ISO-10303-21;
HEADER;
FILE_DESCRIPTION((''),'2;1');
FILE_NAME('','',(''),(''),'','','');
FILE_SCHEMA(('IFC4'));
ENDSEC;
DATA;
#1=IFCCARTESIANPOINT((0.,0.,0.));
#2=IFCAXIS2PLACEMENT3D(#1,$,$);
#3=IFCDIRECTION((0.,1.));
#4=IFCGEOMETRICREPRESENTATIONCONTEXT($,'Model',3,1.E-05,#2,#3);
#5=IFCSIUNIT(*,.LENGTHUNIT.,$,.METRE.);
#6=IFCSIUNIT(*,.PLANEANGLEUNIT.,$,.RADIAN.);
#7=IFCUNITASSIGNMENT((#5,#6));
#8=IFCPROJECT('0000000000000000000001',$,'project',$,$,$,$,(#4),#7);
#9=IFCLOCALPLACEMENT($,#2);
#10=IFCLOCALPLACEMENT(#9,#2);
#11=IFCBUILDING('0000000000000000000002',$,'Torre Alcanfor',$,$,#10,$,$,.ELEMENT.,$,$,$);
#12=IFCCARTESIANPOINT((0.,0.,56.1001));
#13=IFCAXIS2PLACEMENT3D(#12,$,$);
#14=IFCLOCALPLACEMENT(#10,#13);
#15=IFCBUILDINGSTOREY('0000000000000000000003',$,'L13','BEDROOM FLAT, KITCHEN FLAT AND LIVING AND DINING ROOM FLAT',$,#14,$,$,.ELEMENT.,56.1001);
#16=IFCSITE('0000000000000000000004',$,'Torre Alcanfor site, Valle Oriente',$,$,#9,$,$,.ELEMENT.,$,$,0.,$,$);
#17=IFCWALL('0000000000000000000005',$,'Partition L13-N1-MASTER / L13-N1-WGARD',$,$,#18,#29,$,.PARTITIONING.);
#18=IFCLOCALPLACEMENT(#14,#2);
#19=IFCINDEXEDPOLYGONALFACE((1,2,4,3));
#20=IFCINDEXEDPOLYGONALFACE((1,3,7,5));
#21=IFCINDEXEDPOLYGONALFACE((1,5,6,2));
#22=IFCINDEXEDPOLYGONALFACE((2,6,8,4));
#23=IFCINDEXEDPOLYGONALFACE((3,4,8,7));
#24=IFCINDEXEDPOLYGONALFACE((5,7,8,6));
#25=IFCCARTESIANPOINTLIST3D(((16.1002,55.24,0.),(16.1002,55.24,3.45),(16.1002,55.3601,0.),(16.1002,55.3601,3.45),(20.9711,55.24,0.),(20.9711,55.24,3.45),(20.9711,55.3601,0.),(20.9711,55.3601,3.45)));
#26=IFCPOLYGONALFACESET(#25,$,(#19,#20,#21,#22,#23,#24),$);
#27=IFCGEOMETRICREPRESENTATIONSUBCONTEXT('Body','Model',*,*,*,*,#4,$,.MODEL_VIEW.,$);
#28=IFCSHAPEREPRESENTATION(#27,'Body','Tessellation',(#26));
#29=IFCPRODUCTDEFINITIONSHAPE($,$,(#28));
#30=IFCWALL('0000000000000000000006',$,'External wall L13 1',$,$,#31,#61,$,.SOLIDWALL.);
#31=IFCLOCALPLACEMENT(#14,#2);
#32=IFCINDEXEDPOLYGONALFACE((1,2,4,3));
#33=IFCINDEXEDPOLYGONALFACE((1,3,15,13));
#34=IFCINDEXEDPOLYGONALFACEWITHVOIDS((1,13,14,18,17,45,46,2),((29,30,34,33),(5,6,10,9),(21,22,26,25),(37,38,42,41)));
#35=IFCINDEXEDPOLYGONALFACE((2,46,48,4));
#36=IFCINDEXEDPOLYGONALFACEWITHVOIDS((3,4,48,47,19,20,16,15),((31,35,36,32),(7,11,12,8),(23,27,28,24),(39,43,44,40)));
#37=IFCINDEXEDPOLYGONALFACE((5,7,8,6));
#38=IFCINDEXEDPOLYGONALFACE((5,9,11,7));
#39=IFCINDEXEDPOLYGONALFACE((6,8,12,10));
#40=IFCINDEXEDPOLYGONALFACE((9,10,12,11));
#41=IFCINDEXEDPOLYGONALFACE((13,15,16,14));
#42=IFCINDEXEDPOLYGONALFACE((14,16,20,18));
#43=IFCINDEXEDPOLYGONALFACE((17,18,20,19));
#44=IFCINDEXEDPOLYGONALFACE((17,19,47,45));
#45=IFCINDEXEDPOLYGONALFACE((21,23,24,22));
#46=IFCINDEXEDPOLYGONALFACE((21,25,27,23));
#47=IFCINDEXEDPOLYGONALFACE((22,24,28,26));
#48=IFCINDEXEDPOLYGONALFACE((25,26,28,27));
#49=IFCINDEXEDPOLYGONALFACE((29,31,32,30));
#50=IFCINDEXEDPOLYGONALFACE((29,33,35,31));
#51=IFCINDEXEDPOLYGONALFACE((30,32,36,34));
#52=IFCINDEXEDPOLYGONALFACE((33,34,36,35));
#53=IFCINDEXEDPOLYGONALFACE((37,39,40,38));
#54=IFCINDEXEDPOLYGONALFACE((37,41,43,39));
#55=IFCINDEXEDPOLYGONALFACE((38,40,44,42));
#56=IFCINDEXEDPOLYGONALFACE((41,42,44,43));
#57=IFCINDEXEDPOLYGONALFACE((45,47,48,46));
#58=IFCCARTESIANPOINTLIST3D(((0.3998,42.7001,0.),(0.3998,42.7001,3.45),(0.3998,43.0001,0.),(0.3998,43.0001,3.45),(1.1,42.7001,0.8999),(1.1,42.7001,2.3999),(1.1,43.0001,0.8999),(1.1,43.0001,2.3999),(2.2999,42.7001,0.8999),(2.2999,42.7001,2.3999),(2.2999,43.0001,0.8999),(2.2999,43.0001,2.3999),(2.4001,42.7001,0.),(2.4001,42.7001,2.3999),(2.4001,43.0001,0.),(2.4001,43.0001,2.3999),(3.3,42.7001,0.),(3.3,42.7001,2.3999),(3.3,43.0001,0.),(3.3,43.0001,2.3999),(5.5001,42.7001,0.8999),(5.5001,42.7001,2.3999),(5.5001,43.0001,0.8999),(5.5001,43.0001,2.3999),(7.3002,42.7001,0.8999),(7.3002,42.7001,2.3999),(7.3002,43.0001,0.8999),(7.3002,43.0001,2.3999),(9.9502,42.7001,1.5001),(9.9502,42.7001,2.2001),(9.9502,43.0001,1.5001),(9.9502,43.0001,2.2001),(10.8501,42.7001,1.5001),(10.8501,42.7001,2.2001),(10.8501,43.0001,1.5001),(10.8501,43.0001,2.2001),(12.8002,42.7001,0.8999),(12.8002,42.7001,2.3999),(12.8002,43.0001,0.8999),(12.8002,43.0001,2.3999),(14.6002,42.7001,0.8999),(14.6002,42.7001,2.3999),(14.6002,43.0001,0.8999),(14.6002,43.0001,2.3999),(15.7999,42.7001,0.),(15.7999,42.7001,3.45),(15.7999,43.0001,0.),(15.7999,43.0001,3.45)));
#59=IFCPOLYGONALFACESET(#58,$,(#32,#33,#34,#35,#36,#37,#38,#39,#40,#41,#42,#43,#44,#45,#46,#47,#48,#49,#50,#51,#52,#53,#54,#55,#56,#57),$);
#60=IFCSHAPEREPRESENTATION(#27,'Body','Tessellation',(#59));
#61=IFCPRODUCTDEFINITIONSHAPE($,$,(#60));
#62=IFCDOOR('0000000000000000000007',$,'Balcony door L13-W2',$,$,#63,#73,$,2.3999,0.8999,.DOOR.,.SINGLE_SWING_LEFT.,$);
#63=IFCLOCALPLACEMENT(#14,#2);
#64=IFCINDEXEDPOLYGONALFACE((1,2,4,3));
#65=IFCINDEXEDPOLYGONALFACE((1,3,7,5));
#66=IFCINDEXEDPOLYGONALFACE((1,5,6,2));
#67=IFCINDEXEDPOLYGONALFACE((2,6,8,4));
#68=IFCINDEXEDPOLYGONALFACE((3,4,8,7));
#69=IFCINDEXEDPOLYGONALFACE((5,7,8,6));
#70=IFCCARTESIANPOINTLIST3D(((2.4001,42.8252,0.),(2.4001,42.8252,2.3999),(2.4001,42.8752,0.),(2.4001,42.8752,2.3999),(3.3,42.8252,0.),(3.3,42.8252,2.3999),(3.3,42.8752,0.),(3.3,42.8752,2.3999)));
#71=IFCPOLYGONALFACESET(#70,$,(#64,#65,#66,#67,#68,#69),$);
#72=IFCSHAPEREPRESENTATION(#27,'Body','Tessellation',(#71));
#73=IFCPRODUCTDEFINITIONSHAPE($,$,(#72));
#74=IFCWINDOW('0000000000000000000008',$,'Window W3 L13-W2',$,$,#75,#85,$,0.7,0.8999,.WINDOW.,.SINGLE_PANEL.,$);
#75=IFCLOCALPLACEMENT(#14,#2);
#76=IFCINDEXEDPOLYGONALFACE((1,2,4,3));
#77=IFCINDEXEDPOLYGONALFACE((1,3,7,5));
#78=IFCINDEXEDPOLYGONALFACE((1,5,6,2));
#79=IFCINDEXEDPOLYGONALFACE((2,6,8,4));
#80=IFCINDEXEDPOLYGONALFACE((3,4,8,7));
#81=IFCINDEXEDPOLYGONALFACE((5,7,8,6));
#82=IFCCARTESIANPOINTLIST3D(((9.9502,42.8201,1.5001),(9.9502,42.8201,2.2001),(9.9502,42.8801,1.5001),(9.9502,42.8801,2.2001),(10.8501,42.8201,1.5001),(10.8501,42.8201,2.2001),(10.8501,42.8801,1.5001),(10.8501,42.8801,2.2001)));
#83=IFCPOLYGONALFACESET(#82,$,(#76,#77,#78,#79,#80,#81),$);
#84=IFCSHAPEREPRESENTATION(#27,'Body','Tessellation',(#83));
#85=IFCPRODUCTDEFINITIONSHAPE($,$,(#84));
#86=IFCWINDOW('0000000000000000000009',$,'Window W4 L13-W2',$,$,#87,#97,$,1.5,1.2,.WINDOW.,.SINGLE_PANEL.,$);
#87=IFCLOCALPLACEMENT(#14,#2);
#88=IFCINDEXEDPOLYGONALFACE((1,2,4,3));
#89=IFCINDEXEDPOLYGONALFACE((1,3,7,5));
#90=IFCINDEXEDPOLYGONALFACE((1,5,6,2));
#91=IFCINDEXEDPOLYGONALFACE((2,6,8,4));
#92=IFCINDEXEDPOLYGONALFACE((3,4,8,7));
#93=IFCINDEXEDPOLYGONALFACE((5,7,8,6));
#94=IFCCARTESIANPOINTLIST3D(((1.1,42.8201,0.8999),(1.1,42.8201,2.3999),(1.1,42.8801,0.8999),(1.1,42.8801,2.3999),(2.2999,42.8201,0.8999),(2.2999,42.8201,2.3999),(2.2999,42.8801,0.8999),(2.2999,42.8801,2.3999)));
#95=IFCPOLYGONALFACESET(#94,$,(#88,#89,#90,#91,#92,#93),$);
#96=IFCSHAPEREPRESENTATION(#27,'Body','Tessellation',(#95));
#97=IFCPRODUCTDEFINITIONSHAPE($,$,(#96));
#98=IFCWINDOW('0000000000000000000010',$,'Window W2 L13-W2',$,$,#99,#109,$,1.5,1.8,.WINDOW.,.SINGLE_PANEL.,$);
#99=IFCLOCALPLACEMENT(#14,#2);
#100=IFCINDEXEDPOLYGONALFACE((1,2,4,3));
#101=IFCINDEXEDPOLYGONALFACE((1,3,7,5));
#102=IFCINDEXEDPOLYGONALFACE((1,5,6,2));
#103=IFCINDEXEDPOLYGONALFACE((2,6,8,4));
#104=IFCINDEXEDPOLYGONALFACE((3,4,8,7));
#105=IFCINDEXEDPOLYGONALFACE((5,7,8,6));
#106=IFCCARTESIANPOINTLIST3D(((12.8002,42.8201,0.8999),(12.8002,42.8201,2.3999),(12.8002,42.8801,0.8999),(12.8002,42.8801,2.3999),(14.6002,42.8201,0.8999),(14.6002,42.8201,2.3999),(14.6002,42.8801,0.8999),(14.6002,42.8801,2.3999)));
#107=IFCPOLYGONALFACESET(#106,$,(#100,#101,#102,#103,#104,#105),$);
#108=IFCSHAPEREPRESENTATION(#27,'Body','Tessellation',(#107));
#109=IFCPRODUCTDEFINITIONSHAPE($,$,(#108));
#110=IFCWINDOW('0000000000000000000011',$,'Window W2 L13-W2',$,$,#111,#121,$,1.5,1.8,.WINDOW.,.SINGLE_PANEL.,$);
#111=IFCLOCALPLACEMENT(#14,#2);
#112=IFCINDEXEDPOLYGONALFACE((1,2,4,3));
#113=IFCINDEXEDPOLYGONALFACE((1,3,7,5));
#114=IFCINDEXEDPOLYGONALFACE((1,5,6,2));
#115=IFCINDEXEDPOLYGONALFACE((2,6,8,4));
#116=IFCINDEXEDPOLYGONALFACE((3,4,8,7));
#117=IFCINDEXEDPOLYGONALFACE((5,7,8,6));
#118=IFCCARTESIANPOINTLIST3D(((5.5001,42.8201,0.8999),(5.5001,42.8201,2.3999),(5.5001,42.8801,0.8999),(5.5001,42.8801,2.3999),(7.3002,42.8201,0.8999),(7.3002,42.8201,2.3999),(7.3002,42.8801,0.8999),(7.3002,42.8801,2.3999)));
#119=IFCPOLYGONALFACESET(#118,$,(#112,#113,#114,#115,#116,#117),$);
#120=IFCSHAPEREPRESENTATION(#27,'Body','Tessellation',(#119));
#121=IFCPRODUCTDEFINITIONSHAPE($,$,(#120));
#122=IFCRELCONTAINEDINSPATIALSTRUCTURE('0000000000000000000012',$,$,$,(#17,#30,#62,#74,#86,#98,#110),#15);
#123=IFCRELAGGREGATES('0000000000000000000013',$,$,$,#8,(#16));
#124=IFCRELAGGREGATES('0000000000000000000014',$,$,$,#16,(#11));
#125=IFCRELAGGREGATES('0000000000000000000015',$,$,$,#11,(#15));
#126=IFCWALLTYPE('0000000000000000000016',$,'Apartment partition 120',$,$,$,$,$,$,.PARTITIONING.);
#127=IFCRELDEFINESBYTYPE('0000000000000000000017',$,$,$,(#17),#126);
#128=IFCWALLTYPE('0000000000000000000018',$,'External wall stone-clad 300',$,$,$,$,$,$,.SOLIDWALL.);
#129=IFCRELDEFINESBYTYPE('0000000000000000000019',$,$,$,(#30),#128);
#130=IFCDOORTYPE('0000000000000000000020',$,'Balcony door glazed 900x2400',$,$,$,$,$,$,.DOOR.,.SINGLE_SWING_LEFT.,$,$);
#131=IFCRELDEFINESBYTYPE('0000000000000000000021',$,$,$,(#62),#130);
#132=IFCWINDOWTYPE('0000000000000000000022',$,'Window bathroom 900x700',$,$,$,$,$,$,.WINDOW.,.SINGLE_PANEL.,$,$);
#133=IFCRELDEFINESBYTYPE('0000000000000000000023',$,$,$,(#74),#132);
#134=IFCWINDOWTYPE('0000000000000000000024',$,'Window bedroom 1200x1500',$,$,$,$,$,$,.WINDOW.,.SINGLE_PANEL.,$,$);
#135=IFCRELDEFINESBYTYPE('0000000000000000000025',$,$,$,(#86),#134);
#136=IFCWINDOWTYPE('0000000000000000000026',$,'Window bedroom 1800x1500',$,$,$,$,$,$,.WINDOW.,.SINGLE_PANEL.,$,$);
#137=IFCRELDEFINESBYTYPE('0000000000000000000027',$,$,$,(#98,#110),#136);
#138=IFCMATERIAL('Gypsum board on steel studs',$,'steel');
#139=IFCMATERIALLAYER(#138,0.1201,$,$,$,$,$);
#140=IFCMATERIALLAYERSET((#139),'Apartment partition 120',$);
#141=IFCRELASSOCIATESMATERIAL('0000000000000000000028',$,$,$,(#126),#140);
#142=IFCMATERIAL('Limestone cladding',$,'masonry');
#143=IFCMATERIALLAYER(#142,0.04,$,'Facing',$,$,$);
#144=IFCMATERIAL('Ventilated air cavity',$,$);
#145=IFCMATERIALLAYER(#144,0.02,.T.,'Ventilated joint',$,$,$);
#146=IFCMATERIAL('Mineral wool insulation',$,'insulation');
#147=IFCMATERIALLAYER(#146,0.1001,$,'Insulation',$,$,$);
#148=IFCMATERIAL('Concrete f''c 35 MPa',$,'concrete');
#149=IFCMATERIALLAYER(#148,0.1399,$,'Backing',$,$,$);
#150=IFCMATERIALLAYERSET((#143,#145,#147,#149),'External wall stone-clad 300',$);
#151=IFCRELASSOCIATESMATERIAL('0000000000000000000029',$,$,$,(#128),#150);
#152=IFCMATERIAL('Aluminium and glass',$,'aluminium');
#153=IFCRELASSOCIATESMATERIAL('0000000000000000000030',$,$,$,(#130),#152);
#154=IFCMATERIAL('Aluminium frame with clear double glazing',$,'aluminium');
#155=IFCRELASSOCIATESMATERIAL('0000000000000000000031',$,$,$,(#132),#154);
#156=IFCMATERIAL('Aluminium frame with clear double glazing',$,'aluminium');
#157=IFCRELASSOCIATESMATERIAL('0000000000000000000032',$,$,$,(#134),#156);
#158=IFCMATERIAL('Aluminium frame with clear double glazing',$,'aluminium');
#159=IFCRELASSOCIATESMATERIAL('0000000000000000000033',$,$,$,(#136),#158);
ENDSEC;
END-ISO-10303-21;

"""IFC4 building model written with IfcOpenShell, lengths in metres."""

from ifc_helpers import new_model, si_unit, direction, frame, frame_2d, origin, place, context, subcontext, project, spatial, rectangle, extrude, material, layer, layer_set, type_object, element, fill, save


model = new_model("IFC4")

# Units and contexts
model_context = context("Model", 3, precision=1e-05, world=origin(), true_north=direction((0.0, 1.0)))
body_context = subcontext(model_context, "Body", "Model", "MODEL_VIEW")
ifc_project = project(units=[si_unit("LENGTHUNIT", "METRE"), si_unit("PLANEANGLEUNIT", "RADIAN")], contexts=[model_context])

# Site, building, storey
site_placement = place(None, origin())
site = spatial("IfcSite", under=ifc_project, at=site_placement, Name="Torre Alcanfor site, Valle Oriente", CompositionType="ELEMENT", RefElevation=0.0)
building_placement = place(site_placement, origin())
building = spatial("IfcBuilding", under=site, at=building_placement, Name="Torre Alcanfor", CompositionType="ELEMENT")
storey_placement = place(building_placement, frame((0.0, 0.0, 56.1001)))
storey = spatial("IfcBuildingStorey", under=building, at=storey_placement, Name="L13", Description="BEDROOM FLAT, KITCHEN FLAT AND LIVING AND DINING ROOM FLAT", CompositionType="ELEMENT", Elevation=56.1001)

# Wall
ifc_material_1 = material(Name="Gypsum board on steel studs", Category="steel")
ifc_layer_1 = layer(ifc_material_1, 0.1201)
ifc_layer_set_1 = layer_set([ifc_layer_1], Name="Apartment partition 120")
wall_type_1 = type_object("IfcWallType", Name="Apartment partition 120", PredefinedType="PARTITIONING", material=ifc_layer_set_1)
wall_1_placement = place(storey_placement, frame((16.1001, 55.3, 0.0), z_axis=(0.0, 0.0, 1.0), x_axis=(1.0, 0.0, 0.0)))
element("IfcWall", 1, at=wall_1_placement, inside=storey, type_object=wall_type_1, Name="Partition L13-N1-MASTER / L13-N1-WGARD", PredefinedType="PARTITIONING", context=body_context, shape_type="SweptSolid", body=[
    extrude(rectangle(XDim=4.8708, YDim=0.1201, at=frame_2d((2.4355, 0.0))), origin(), (0.0, 0.0, 1.0), 3.45),
])

# Wall, openings, door, windows
ifc_material_2 = material(Name="Limestone cladding", Category="masonry")
ifc_layer_2 = layer(ifc_material_2, 0.04, Name="Facing")
ifc_material_3 = material(Name="Ventilated air cavity")
ifc_layer_3 = layer(ifc_material_3, 0.02, ventilated=True, Name="Ventilated joint")
ifc_material_4 = material(Name="Mineral wool insulation", Category="insulation")
ifc_layer_4 = layer(ifc_material_4, 0.1001, Name="Insulation")
ifc_material_5 = material(Name="Concrete f'c 35 MPa", Category="concrete")
ifc_layer_5 = layer(ifc_material_5, 0.1399, Name="Backing")
ifc_layer_set_2 = layer_set([ifc_layer_2, ifc_layer_3, ifc_layer_4, ifc_layer_5], Name="External wall stone-clad 300")
wall_type_2 = type_object("IfcWallType", Name="External wall stone-clad 300", PredefinedType="SOLIDWALL", material=ifc_layer_set_2)
wall_2_placement = place(storey_placement, frame((15.8, 42.8501, 0.0), z_axis=(0.0, 0.0, 1.0), x_axis=(-1.0, 0.0, 0.0)))
wall_2 = element("IfcWall", 2, at=wall_2_placement, inside=storey, type_object=wall_type_2, Name="External wall L13 1", PredefinedType="SOLIDWALL", context=body_context, shape_type="SweptSolid", body=[
    extrude(rectangle(XDim=15.4001, YDim=0.3, at=frame_2d((7.7002, 0.0))), origin(), (0.0, 0.0, 1.0), 3.45),
])
opening_1_placement = place(wall_2_placement, frame((1.2, 0.0, 0.8999)))
opening_1 = element("IfcOpeningElement", 3, at=opening_1_placement, cuts=wall_2, PredefinedType="OPENING", context=body_context, shape_type="SweptSolid", body=[
    extrude(rectangle(XDim=1.8, YDim=1.5, at=frame_2d((0.8999, 0.75))), frame((0.0, 0.1599, 0.0), z_axis=(0.0, -1.0, 0.0), x_axis=(1.0, 0.0, 0.0)), (0.0, 0.0, 1.0), 0.3201),
])
opening_2_placement = place(wall_2_placement, frame((4.95, 0.0, 1.5)))
opening_2 = element("IfcOpeningElement", 4, at=opening_2_placement, cuts=wall_2, PredefinedType="OPENING", context=body_context, shape_type="SweptSolid", body=[
    extrude(rectangle(XDim=0.8999, YDim=0.7, at=frame_2d((0.45, 0.3501))), frame((0.0, 0.1599, 0.0), z_axis=(0.0, -1.0, 0.0), x_axis=(1.0, 0.0, 0.0)), (0.0, 0.0, 1.0), 0.3201),
])
opening_3_placement = place(wall_2_placement, frame((8.5, 0.0, 0.8999)))
opening_3 = element("IfcOpeningElement", 5, at=opening_3_placement, cuts=wall_2, PredefinedType="OPENING", context=body_context, shape_type="SweptSolid", body=[
    extrude(rectangle(XDim=1.8, YDim=1.5, at=frame_2d((0.8999, 0.75))), frame((0.0, 0.1599, 0.0), z_axis=(0.0, -1.0, 0.0), x_axis=(1.0, 0.0, 0.0)), (0.0, 0.0, 1.0), 0.3201),
])
opening_4_placement = place(wall_2_placement, frame((12.5, 0.0, 0.0)))
opening_4 = element("IfcOpeningElement", 6, at=opening_4_placement, cuts=wall_2, PredefinedType="OPENING", context=body_context, shape_type="SweptSolid", body=[
    extrude(rectangle(XDim=0.8999, YDim=2.3999, at=frame_2d((0.45, 1.2))), frame((0.0, 0.1599, 0.0), z_axis=(0.0, -1.0, 0.0), x_axis=(1.0, 0.0, 0.0)), (0.0, 0.0, 1.0), 0.3201),
])
opening_5_placement = place(wall_2_placement, frame((13.5, 0.0, 0.8999)))
opening_5 = element("IfcOpeningElement", 7, at=opening_5_placement, cuts=wall_2, PredefinedType="OPENING", context=body_context, shape_type="SweptSolid", body=[
    extrude(rectangle(XDim=1.2, YDim=1.5, at=frame_2d((0.6001, 0.75))), frame((0.0, 0.1599, 0.0), z_axis=(0.0, -1.0, 0.0), x_axis=(1.0, 0.0, 0.0)), (0.0, 0.0, 1.0), 0.3201),
])
ifc_material_6 = material(Name="Aluminium and glass", Category="aluminium")
door_type = type_object("IfcDoorType", Name="Balcony door glazed 900x2400", OperationType="SINGLE_SWING_LEFT", PredefinedType="DOOR", material=ifc_material_6)
door_1_placement = place(opening_4_placement, origin())
door_1 = element("IfcDoor", 8, at=door_1_placement, inside=storey, type_object=door_type, Name="Balcony door L13-W2", OperationType="SINGLE_SWING_LEFT", OverallHeight=2.3999, OverallWidth=0.8999, PredefinedType="DOOR", context=body_context, shape_type="SweptSolid", body=[
    extrude(rectangle(XDim=0.8999, YDim=2.3999, at=frame_2d((0.45, 1.2))), frame((0.0, 0.0249, 0.0), z_axis=(0.0, -1.0, 0.0), x_axis=(1.0, 0.0, 0.0)), (0.0, 0.0, 1.0), 0.05),
])
fill(opening_4, door_1)
ifc_material_7 = material(Name="Aluminium frame with clear double glazing", Category="aluminium")
window_type_1 = type_object("IfcWindowType", Name="Window bathroom 900x700", PartitioningType="SINGLE_PANEL", PredefinedType="WINDOW", material=ifc_material_7)
window_1_placement = place(opening_2_placement, origin())
window_1 = element("IfcWindow", 9, at=window_1_placement, inside=storey, type_object=window_type_1, Name="Window W3 L13-W2", OverallHeight=0.7, OverallWidth=0.8999, PartitioningType="SINGLE_PANEL", PredefinedType="WINDOW", context=body_context, shape_type="SweptSolid", body=[
    extrude(rectangle(XDim=0.8999, YDim=0.7, at=frame_2d((0.45, 0.3501))), frame((0.0, 0.03, 0.0), z_axis=(0.0, -1.0, 0.0), x_axis=(1.0, 0.0, 0.0)), (0.0, 0.0, 1.0), 0.0601),
])
fill(opening_2, window_1)
ifc_material_8 = material(Name="Aluminium frame with clear double glazing", Category="aluminium")
window_type_2 = type_object("IfcWindowType", Name="Window bedroom 1200x1500", PartitioningType="SINGLE_PANEL", PredefinedType="WINDOW", material=ifc_material_8)
window_2_placement = place(opening_5_placement, origin())
window_2 = element("IfcWindow", 10, at=window_2_placement, inside=storey, type_object=window_type_2, Name="Window W4 L13-W2", OverallHeight=1.5, OverallWidth=1.2, PartitioningType="SINGLE_PANEL", PredefinedType="WINDOW", context=body_context, shape_type="SweptSolid", body=[
    extrude(rectangle(XDim=1.2, YDim=1.5, at=frame_2d((0.6001, 0.75))), frame((0.0, 0.03, 0.0), z_axis=(0.0, -1.0, 0.0), x_axis=(1.0, 0.0, 0.0)), (0.0, 0.0, 1.0), 0.0601),
])
fill(opening_5, window_2)
ifc_material_9 = material(Name="Aluminium frame with clear double glazing", Category="aluminium")
window_type_3 = type_object("IfcWindowType", Name="Window bedroom 1800x1500", PartitioningType="SINGLE_PANEL", PredefinedType="WINDOW", material=ifc_material_9)
window_3_placement = place(opening_1_placement, origin())
window_3 = element("IfcWindow", 11, at=window_3_placement, inside=storey, type_object=window_type_3, Name="Window W2 L13-W2", OverallHeight=1.5, OverallWidth=1.8, PartitioningType="SINGLE_PANEL", PredefinedType="WINDOW", context=body_context, shape_type="SweptSolid", body=[
    extrude(rectangle(XDim=1.8, YDim=1.5, at=frame_2d((0.8999, 0.75))), frame((0.0, 0.03, 0.0), z_axis=(0.0, -1.0, 0.0), x_axis=(1.0, 0.0, 0.0)), (0.0, 0.0, 1.0), 0.0601),
])
fill(opening_1, window_3)
window_4_placement = place(opening_3_placement, origin())
window_4 = element("IfcWindow", 12, at=window_4_placement, inside=storey, type_object=window_type_3, Name="Window W2 L13-W2", OverallHeight=1.5, OverallWidth=1.8, PartitioningType="SINGLE_PANEL", PredefinedType="WINDOW", context=body_context, shape_type="SweptSolid", body=[
    extrude(rectangle(XDim=1.8, YDim=1.5, at=frame_2d((0.8999, 0.75))), frame((0.0, 0.03, 0.0), z_axis=(0.0, -1.0, 0.0), x_axis=(1.0, 0.0, 0.0)), (0.0, 0.0, 1.0), 0.0601),
])
fill(opening_3, window_4)

save(model, "model.ifc")
